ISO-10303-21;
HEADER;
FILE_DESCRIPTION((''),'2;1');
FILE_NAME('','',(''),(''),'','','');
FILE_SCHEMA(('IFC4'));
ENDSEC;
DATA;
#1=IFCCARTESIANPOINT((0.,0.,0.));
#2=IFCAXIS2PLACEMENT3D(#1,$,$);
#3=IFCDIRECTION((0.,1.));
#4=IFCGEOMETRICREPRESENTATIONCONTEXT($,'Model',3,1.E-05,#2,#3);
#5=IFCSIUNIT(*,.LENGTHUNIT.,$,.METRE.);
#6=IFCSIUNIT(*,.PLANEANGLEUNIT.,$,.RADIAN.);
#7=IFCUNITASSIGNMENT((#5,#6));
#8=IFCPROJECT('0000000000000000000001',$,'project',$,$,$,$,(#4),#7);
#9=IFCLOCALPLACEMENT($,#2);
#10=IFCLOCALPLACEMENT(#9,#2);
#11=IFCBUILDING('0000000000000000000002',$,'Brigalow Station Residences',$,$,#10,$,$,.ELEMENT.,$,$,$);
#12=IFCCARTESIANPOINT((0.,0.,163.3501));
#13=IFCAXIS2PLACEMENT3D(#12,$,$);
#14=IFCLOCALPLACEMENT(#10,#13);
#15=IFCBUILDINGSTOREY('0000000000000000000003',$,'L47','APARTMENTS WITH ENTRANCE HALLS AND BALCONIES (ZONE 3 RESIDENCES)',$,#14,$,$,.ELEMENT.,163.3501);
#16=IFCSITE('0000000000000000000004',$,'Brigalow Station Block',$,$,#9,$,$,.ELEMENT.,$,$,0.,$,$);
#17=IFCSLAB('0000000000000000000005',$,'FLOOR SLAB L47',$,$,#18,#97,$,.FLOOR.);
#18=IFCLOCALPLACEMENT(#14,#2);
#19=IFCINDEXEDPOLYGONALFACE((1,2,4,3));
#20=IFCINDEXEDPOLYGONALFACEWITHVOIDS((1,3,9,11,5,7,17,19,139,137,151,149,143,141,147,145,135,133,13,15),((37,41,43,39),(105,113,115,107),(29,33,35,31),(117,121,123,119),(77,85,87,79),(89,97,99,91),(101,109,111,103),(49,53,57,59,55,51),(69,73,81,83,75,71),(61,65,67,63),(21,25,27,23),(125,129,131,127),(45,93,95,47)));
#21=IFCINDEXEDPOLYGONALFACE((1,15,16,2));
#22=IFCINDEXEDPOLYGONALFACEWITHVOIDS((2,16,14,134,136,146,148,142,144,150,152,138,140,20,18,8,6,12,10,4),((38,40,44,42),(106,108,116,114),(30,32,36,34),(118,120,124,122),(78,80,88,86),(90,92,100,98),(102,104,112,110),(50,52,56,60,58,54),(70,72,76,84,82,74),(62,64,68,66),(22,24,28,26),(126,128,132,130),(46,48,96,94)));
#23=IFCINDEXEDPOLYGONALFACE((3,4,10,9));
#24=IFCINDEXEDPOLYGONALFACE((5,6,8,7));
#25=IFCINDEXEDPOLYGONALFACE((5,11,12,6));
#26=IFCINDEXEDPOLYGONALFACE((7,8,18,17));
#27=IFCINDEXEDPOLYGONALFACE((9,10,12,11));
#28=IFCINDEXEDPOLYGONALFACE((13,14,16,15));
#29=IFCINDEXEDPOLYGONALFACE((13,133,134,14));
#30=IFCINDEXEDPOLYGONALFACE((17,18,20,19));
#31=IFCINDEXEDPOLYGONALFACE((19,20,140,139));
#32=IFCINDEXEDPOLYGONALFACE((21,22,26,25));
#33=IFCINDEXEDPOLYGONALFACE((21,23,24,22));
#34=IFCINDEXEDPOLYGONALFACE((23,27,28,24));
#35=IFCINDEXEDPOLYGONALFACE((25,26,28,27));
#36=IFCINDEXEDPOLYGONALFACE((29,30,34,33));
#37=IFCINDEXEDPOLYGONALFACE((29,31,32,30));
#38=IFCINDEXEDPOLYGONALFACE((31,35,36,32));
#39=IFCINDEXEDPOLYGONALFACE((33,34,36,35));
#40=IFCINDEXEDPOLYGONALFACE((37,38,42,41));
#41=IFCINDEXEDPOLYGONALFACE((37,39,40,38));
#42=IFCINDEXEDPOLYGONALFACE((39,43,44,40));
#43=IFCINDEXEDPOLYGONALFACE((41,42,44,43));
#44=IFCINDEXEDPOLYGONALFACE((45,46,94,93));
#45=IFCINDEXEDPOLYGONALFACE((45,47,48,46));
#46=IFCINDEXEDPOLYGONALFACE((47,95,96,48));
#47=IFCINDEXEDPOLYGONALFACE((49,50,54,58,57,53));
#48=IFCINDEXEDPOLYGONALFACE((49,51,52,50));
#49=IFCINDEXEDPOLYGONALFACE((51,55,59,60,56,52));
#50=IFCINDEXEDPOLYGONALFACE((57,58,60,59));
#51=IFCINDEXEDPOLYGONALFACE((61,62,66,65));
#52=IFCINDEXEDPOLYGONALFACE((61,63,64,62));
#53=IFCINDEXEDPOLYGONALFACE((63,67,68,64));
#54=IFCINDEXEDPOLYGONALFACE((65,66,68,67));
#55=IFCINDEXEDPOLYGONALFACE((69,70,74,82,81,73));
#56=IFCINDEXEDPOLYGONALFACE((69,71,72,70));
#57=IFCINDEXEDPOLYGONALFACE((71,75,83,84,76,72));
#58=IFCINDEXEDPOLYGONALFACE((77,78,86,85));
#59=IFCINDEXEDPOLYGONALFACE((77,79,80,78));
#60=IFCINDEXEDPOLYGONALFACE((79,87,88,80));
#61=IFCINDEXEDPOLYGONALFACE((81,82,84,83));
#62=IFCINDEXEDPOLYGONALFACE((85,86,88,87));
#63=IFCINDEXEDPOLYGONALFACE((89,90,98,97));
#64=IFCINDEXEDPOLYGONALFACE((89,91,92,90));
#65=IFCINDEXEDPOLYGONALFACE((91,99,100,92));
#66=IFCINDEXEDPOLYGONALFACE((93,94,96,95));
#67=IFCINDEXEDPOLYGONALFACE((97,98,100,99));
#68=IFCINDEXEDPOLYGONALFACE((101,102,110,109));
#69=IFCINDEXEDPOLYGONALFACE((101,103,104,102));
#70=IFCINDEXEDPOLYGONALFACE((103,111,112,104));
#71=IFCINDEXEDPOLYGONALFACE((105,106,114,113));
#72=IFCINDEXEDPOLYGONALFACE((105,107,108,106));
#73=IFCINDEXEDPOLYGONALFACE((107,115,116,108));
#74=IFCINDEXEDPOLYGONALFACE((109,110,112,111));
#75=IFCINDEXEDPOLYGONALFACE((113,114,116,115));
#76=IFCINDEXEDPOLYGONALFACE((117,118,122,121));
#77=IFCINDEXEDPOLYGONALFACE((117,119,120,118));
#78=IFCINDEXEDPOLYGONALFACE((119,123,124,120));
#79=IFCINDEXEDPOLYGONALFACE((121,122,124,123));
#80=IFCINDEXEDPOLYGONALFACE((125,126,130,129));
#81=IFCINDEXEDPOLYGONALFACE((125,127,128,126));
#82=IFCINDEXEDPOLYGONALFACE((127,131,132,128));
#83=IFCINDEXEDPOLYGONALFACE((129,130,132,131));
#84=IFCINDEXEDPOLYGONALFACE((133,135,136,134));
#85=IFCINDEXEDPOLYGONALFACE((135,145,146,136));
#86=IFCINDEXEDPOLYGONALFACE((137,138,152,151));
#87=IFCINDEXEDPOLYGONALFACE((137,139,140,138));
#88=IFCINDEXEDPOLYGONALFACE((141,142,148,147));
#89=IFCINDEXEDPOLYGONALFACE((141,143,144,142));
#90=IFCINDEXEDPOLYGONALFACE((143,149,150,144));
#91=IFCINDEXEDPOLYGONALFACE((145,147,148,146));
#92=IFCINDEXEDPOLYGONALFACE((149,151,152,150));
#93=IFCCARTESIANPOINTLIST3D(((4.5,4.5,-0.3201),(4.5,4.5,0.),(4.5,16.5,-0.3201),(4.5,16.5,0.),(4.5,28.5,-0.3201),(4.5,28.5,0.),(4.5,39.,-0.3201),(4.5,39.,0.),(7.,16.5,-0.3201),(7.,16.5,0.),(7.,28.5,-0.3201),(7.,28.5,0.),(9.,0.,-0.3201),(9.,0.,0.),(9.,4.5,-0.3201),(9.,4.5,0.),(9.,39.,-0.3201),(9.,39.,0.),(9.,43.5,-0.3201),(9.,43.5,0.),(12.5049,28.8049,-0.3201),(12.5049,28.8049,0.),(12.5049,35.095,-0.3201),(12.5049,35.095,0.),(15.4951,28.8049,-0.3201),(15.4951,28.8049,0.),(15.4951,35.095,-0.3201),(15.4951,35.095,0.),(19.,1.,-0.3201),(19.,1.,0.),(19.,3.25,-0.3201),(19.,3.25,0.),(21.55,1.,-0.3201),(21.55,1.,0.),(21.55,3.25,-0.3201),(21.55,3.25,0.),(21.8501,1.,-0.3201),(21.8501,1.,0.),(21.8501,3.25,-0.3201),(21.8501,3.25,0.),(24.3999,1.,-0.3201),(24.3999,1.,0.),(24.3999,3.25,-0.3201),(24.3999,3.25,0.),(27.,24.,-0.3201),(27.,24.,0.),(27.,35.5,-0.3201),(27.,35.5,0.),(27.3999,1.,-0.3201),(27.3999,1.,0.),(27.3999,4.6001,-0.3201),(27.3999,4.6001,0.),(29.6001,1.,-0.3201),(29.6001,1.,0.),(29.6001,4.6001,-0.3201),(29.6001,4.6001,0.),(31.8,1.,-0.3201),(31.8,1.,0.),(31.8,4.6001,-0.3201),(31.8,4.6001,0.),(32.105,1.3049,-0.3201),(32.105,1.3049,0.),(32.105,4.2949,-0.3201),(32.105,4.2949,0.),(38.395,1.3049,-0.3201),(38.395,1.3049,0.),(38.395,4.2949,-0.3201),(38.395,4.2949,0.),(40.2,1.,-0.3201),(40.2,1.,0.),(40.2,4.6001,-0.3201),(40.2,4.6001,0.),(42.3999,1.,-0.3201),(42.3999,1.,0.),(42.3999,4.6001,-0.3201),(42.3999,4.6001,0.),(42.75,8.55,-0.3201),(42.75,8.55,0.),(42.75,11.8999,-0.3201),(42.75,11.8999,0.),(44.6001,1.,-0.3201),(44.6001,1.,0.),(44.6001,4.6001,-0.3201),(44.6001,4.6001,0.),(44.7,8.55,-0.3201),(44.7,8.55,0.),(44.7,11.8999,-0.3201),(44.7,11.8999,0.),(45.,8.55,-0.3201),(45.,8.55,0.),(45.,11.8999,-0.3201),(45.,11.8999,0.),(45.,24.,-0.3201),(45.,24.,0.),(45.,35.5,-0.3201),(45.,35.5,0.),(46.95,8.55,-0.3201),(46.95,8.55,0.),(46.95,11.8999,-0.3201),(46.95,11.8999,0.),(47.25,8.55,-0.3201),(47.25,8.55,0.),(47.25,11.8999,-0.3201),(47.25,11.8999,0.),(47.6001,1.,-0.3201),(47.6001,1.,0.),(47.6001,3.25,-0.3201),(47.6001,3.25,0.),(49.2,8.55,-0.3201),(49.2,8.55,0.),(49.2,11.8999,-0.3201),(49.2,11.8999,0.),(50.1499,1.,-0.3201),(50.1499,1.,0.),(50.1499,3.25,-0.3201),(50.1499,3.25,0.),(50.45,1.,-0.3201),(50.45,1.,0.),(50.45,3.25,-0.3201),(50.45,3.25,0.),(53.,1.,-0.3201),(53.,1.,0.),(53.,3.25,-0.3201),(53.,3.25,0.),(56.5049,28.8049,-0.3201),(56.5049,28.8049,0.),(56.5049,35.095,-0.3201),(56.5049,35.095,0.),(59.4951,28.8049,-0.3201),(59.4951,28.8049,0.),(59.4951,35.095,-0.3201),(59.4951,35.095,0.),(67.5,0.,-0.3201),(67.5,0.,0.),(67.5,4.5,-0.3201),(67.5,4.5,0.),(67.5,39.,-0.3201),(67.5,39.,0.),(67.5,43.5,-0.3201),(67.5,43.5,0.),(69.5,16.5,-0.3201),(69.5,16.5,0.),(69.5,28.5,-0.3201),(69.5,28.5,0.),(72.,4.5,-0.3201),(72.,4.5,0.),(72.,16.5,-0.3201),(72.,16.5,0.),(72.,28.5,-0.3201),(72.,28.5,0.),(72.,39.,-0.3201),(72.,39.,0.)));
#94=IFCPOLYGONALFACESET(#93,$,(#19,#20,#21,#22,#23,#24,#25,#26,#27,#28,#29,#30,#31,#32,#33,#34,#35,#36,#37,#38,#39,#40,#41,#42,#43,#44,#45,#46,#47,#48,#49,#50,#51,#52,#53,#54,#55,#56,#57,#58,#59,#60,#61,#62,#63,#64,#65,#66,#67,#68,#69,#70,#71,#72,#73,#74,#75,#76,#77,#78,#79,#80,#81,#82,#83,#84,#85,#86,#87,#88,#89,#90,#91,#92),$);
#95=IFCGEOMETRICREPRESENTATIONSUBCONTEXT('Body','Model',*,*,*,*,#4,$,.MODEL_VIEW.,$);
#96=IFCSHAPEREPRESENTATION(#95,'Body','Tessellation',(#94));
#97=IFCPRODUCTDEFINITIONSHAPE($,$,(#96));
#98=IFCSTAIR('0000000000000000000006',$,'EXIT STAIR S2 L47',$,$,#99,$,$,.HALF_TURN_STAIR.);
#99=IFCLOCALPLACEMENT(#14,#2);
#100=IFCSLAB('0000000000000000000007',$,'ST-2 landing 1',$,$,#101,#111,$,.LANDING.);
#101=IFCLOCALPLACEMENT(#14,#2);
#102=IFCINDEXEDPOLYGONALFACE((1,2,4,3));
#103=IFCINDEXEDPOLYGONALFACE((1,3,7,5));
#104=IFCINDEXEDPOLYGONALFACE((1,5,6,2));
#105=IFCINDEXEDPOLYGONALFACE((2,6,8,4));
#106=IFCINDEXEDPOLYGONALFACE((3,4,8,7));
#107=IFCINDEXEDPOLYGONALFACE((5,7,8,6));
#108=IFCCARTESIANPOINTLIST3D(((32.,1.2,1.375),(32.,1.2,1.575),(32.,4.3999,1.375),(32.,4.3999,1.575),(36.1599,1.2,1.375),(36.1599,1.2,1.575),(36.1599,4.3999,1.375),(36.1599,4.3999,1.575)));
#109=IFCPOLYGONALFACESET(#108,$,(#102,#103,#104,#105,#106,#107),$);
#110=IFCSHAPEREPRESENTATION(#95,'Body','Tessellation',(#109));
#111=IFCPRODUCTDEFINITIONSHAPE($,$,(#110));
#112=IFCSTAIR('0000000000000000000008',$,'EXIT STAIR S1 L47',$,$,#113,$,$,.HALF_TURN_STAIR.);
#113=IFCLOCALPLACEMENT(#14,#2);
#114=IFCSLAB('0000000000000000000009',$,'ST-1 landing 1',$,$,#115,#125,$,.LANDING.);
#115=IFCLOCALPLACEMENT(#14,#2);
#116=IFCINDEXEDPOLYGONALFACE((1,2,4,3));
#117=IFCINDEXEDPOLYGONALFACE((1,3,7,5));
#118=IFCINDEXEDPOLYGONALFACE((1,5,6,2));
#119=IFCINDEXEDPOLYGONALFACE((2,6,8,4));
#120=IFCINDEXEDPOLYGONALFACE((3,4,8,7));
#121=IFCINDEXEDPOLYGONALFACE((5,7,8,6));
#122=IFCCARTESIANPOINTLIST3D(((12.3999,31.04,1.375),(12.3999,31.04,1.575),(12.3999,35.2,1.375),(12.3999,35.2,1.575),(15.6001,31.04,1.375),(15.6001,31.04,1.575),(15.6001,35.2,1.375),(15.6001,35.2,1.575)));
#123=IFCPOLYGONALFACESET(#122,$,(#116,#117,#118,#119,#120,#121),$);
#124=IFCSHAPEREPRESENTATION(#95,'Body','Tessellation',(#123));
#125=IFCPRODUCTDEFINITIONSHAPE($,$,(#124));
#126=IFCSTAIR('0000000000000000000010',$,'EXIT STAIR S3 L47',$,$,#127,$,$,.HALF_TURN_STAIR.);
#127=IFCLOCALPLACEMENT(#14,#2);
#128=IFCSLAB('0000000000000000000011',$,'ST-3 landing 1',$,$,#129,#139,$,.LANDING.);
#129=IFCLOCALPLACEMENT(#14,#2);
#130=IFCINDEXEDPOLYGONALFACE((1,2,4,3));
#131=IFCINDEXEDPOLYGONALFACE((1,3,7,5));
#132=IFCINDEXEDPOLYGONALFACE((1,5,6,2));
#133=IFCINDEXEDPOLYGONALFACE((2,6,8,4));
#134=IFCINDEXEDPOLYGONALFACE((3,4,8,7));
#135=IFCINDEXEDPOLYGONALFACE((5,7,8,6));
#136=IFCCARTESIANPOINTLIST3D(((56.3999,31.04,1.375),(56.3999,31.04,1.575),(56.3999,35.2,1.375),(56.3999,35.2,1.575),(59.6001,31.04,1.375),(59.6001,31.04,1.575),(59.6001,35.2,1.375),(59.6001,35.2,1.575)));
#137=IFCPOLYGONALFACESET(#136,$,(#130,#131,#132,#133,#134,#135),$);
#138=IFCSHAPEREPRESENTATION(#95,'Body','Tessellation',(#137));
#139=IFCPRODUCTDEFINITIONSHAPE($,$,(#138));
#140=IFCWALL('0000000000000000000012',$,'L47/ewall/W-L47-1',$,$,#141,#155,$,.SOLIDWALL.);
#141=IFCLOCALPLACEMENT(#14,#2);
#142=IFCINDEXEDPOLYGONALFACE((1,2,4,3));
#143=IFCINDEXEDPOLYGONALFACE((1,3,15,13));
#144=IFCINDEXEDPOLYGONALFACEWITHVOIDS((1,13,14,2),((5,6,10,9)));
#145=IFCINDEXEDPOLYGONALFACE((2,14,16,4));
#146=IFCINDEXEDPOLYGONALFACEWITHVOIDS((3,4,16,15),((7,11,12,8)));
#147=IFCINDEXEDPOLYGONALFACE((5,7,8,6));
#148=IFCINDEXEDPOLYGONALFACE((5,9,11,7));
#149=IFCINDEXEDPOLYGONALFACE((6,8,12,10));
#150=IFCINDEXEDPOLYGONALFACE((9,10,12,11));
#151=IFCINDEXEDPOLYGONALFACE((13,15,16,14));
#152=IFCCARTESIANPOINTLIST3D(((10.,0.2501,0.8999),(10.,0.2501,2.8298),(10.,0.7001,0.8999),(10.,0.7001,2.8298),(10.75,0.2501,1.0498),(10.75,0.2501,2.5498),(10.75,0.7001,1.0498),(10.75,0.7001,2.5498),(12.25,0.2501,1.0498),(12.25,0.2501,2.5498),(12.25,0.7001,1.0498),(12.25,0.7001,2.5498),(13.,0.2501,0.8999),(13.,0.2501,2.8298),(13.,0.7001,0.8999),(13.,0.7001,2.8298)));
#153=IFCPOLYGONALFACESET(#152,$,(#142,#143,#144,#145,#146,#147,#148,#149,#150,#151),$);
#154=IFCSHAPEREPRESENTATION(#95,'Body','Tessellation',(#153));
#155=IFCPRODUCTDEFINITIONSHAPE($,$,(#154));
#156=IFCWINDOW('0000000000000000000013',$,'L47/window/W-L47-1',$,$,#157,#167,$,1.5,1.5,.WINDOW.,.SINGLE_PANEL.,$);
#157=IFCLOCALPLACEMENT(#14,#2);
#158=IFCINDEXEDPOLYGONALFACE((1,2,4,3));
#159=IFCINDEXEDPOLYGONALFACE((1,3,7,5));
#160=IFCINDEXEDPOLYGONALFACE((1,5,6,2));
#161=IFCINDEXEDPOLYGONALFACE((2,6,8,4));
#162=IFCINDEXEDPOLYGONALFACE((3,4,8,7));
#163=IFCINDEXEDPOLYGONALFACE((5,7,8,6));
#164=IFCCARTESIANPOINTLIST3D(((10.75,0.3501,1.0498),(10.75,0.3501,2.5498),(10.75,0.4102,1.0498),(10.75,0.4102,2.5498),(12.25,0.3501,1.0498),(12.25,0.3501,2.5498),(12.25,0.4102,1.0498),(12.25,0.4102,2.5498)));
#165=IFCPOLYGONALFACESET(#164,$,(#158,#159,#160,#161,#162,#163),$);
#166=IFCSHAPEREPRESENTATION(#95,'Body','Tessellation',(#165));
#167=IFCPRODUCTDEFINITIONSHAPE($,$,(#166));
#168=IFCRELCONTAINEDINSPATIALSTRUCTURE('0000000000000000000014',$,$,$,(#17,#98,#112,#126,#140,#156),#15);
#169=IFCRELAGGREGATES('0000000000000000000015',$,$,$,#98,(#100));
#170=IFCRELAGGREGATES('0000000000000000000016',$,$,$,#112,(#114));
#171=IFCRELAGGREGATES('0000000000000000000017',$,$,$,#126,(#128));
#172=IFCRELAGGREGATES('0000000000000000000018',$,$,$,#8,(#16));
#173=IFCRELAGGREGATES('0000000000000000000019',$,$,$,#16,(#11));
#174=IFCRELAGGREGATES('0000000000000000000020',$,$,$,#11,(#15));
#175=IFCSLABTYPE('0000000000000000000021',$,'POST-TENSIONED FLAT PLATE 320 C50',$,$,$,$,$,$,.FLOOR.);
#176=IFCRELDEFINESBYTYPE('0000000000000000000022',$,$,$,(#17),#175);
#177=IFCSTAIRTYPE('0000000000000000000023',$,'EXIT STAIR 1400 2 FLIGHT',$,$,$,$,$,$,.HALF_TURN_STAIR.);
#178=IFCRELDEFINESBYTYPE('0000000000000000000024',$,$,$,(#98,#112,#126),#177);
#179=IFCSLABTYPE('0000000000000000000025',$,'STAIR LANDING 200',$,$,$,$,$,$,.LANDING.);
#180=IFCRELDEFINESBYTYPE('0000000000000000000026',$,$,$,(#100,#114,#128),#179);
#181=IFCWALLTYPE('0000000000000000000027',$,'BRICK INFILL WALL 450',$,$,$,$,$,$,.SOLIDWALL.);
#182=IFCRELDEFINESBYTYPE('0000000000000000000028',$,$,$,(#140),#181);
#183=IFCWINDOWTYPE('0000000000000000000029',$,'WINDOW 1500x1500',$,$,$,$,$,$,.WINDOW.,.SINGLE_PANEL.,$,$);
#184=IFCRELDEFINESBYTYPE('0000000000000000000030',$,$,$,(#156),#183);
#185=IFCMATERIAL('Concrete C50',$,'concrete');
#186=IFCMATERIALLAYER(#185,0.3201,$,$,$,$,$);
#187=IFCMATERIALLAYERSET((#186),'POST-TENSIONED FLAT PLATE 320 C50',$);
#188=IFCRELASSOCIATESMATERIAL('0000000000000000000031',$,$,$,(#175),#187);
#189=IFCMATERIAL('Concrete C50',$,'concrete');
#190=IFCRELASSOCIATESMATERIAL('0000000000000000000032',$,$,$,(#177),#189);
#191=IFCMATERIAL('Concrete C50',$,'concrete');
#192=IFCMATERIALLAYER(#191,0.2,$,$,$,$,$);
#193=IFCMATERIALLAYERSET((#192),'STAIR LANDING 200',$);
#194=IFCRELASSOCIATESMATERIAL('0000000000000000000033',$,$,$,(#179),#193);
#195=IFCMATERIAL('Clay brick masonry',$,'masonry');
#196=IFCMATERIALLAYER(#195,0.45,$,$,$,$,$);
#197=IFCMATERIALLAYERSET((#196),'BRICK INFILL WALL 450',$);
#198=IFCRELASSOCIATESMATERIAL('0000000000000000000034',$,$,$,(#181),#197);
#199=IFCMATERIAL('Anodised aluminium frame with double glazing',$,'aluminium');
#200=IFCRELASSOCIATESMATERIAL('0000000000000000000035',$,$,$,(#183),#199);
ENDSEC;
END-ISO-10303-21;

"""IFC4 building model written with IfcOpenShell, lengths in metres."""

from ifc_helpers import new_model, si_unit, direction, frame, frame_2d, origin, place, context, subcontext, project, spatial, polyline, rectangle, outline, extrude, material, layer, layer_set, type_object, element, fill, aggregate, save


model = new_model("IFC4")

# Units and contexts
model_context = context("Model", 3, precision=1e-05, world=origin(), true_north=direction((0.0, 1.0)))
body_context = subcontext(model_context, "Body", "Model", "MODEL_VIEW")
ifc_project = project(units=[si_unit("LENGTHUNIT", "METRE"), si_unit("PLANEANGLEUNIT", "RADIAN")], contexts=[model_context])

# Site, building, storey
site_placement = place(None, origin())
site = spatial("IfcSite", under=ifc_project, at=site_placement, Name="Brigalow Station Block", CompositionType="ELEMENT", RefElevation=0.0)
building_placement = place(site_placement, origin())
building = spatial("IfcBuilding", under=site, at=building_placement, Name="Brigalow Station Residences", CompositionType="ELEMENT")
storey_placement = place(building_placement, frame((0.0, 0.0, 163.3501)))
storey = spatial("IfcBuildingStorey", under=building, at=storey_placement, Name="L47", Description="APARTMENTS WITH ENTRANCE HALLS AND BALCONIES (ZONE 3 RESIDENCES)", CompositionType="ELEMENT", Elevation=163.3501)

# Slab
ifc_material_1 = material(Name="Concrete C50", Category="concrete")
ifc_layer_1 = layer(ifc_material_1, 0.3201)
ifc_layer_set_1 = layer_set([ifc_layer_1], Name="POST-TENSIONED FLAT PLATE 320 C50")
slab_type_1 = type_object("IfcSlabType", Name="POST-TENSIONED FLAT PLATE 320 C50", PredefinedType="FLOOR", material=ifc_layer_set_1)
slab_1_placement = place(storey_placement, frame((0.0, 0.0, -0.3201)))
element("IfcSlab", 1, at=slab_1_placement, inside=storey, type_object=slab_type_1, Name="FLOOR SLAB L47", PredefinedType="FLOOR", context=body_context, shape_type="SweptSolid", body=[
    extrude(outline(polyline([(9.0, 0.0), (67.5, 0.0), (67.5, 4.5), (72.0, 4.5), (72.0, 16.5), (69.5, 16.5), (69.5, 28.5), (72.0, 28.5), (72.0, 39.0), (67.5, 39.0), (67.5, 43.5), (9.0, 43.5), (9.0, 39.0), (4.5, 39.0), (4.5, 28.5), (7.0, 28.5), (7.0, 16.5), (4.5, 16.5), (4.5, 4.5), (9.0, 4.5), (9.0, 0.0)]), holes=[polyline([(12.5049, 35.095), (15.4951, 35.095), (15.4951, 28.8049), (12.5049, 28.8049), (12.5049, 35.095)]), polyline([(19.0, 1.0), (19.0, 3.25), (21.55, 3.25), (21.55, 1.0), (19.0, 1.0)]), polyline([(21.8501, 3.25), (24.3999, 3.25), (24.3999, 1.0), (21.8501, 1.0), (21.8501, 3.25)]), polyline([(27.0, 35.5), (45.0, 35.5), (45.0, 24.0), (27.0, 24.0), (27.0, 35.5)]), polyline([(29.6001, 4.6001), (31.8, 4.6001), (31.8, 1.0), (29.6001, 1.0), (27.3999, 1.0), (27.3999, 4.6001), (29.6001, 4.6001)]), polyline([(32.105, 4.2949), (38.395, 4.2949), (38.395, 1.3049), (32.105, 1.3049), (32.105, 4.2949)]), polyline([(40.2, 4.6001), (42.3999, 4.6001), (44.6001, 4.6001), (44.6001, 1.0), (42.3999, 1.0), (40.2, 1.0), (40.2, 4.6001)]), polyline([(42.75, 11.8999), (44.7, 11.8999), (44.7, 8.55), (42.75, 8.55), (42.75, 11.8999)]), polyline([(45.0, 11.8999), (46.95, 11.8999), (46.95, 8.55), (45.0, 8.55), (45.0, 11.8999)]), polyline([(47.25, 11.8999), (49.2, 11.8999), (49.2, 8.55), (47.25, 8.55), (47.25, 11.8999)]), polyline([(47.6001, 3.25), (50.1499, 3.25), (50.1499, 1.0), (47.6001, 1.0), (47.6001, 3.25)]), polyline([(50.45, 3.25), (53.0, 3.25), (53.0, 1.0), (50.45, 1.0), (50.45, 3.25)]), polyline([(56.5049, 35.095), (59.4951, 35.095), (59.4951, 28.8049), (56.5049, 28.8049), (56.5049, 35.095)])]), origin(), (0.0, 0.0, 1.0), 0.3201),
])

# Stairs, slabs
ifc_material_2 = material(Name="Concrete C50", Category="concrete")
stair_type = type_object("IfcStairType", Name="EXIT STAIR 1400 2 FLIGHT", PredefinedType="HALF_TURN_STAIR", material=ifc_material_2)
stair_1_placement = place(storey_placement, origin())
stair_1 = element("IfcStair", 2, at=stair_1_placement, inside=storey, type_object=stair_type, Name="EXIT STAIR S2 L47", PredefinedType="HALF_TURN_STAIR")
ifc_material_3 = material(Name="Concrete C50", Category="concrete")
ifc_layer_2 = layer(ifc_material_3, 0.2)
ifc_layer_set_2 = layer_set([ifc_layer_2], Name="STAIR LANDING 200")
slab_type_2 = type_object("IfcSlabType", Name="STAIR LANDING 200", PredefinedType="LANDING", material=ifc_layer_set_2)
slab_2_placement = place(storey_placement, frame((0.0, 0.0, 1.375)))
slab_2 = element("IfcSlab", 3, at=slab_2_placement, type_object=slab_type_2, Name="ST-2 landing 1", PredefinedType="LANDING", context=body_context, shape_type="SweptSolid", body=[
    extrude(outline(polyline([(32.0, 1.2), (36.1599, 1.2), (36.1599, 4.3999), (32.0, 4.3999), (32.0, 1.2)])), origin(), (0.0, 0.0, 1.0), 0.2),
])
aggregate(stair_1, [slab_2])
stair_2_placement = place(storey_placement, origin())
stair_2 = element("IfcStair", 4, at=stair_2_placement, inside=storey, type_object=stair_type, Name="EXIT STAIR S1 L47", PredefinedType="HALF_TURN_STAIR")
slab_3_placement = place(storey_placement, frame((0.0, 0.0, 1.375)))
slab_3 = element("IfcSlab", 5, at=slab_3_placement, type_object=slab_type_2, Name="ST-1 landing 1", PredefinedType="LANDING", context=body_context, shape_type="SweptSolid", body=[
    extrude(outline(polyline([(12.3999, 31.04), (15.6001, 31.04), (15.6001, 35.2), (12.3999, 35.2), (12.3999, 31.04)])), origin(), (0.0, 0.0, 1.0), 0.2),
])
aggregate(stair_2, [slab_3])
stair_3_placement = place(storey_placement, origin())
stair_3 = element("IfcStair", 6, at=stair_3_placement, inside=storey, type_object=stair_type, Name="EXIT STAIR S3 L47", PredefinedType="HALF_TURN_STAIR")
slab_4_placement = place(storey_placement, frame((0.0, 0.0, 1.375)))
slab_4 = element("IfcSlab", 7, at=slab_4_placement, type_object=slab_type_2, Name="ST-3 landing 1", PredefinedType="LANDING", context=body_context, shape_type="SweptSolid", body=[
    extrude(outline(polyline([(56.3999, 31.04), (59.6001, 31.04), (59.6001, 35.2), (56.3999, 35.2), (56.3999, 31.04)])), origin(), (0.0, 0.0, 1.0), 0.2),
])
aggregate(stair_3, [slab_4])

# Wall, opening, window
ifc_material_4 = material(Name="Clay brick masonry", Category="masonry")
ifc_layer_3 = layer(ifc_material_4, 0.45)
ifc_layer_set_3 = layer_set([ifc_layer_3], Name="BRICK INFILL WALL 450")
wall_type_1 = type_object("IfcWallType", Name="BRICK INFILL WALL 450", PredefinedType="SOLIDWALL", material=ifc_layer_set_3)
wall_1_placement = place(storey_placement, frame((10.0, 0.4751, 0.8999), z_axis=(0.0, 0.0, 1.0), x_axis=(1.0, 0.0, 0.0)))
wall_1 = element("IfcWall", 8, at=wall_1_placement, inside=storey, type_object=wall_type_1, Name="L47/ewall/W-L47-1", PredefinedType="SOLIDWALL", context=body_context, shape_type="SweptSolid", body=[
    extrude(rectangle(XDim=3.0, YDim=0.45, at=frame_2d((1.5, 0.0))), origin(), (0.0, 0.0, 1.0), 1.9299),
])
opening_1_placement = place(wall_1_placement, frame((0.75, 0.0, 0.1499)))
opening_1 = element("IfcOpeningElement", 9, at=opening_1_placement, cuts=wall_1, PredefinedType="OPENING", context=body_context, shape_type="SweptSolid", body=[
    extrude(rectangle(XDim=1.5, YDim=1.5, at=frame_2d((0.75, 0.75))), frame((0.0, 0.2349, 0.0), z_axis=(0.0, -1.0, 0.0), x_axis=(1.0, 0.0, 0.0)), (0.0, 0.0, 1.0), 0.47),
])
ifc_material_5 = material(Name="Anodised aluminium frame with double glazing", Category="aluminium")
window_type_1 = type_object("IfcWindowType", Name="WINDOW 1500x1500", PartitioningType="SINGLE_PANEL", PredefinedType="WINDOW", material=ifc_material_5)
window_1_placement = place(opening_1_placement, origin())
window_1 = element("IfcWindow", 10, at=window_1_placement, inside=storey, type_object=window_type_1, Name="L47/window/W-L47-1", OverallHeight=1.5, OverallWidth=1.5, PartitioningType="SINGLE_PANEL", PredefinedType="WINDOW", context=body_context, shape_type="SweptSolid", body=[
    extrude(rectangle(XDim=1.5, YDim=1.5, at=frame_2d((0.75, 0.75))), frame((0.0, -0.0649, 0.0), z_axis=(0.0, -1.0, 0.0), x_axis=(1.0, 0.0, 0.0)), (0.0, 0.0, 1.0), 0.0601),
])
fill(opening_1, window_1)

save(model, "model.ifc")
